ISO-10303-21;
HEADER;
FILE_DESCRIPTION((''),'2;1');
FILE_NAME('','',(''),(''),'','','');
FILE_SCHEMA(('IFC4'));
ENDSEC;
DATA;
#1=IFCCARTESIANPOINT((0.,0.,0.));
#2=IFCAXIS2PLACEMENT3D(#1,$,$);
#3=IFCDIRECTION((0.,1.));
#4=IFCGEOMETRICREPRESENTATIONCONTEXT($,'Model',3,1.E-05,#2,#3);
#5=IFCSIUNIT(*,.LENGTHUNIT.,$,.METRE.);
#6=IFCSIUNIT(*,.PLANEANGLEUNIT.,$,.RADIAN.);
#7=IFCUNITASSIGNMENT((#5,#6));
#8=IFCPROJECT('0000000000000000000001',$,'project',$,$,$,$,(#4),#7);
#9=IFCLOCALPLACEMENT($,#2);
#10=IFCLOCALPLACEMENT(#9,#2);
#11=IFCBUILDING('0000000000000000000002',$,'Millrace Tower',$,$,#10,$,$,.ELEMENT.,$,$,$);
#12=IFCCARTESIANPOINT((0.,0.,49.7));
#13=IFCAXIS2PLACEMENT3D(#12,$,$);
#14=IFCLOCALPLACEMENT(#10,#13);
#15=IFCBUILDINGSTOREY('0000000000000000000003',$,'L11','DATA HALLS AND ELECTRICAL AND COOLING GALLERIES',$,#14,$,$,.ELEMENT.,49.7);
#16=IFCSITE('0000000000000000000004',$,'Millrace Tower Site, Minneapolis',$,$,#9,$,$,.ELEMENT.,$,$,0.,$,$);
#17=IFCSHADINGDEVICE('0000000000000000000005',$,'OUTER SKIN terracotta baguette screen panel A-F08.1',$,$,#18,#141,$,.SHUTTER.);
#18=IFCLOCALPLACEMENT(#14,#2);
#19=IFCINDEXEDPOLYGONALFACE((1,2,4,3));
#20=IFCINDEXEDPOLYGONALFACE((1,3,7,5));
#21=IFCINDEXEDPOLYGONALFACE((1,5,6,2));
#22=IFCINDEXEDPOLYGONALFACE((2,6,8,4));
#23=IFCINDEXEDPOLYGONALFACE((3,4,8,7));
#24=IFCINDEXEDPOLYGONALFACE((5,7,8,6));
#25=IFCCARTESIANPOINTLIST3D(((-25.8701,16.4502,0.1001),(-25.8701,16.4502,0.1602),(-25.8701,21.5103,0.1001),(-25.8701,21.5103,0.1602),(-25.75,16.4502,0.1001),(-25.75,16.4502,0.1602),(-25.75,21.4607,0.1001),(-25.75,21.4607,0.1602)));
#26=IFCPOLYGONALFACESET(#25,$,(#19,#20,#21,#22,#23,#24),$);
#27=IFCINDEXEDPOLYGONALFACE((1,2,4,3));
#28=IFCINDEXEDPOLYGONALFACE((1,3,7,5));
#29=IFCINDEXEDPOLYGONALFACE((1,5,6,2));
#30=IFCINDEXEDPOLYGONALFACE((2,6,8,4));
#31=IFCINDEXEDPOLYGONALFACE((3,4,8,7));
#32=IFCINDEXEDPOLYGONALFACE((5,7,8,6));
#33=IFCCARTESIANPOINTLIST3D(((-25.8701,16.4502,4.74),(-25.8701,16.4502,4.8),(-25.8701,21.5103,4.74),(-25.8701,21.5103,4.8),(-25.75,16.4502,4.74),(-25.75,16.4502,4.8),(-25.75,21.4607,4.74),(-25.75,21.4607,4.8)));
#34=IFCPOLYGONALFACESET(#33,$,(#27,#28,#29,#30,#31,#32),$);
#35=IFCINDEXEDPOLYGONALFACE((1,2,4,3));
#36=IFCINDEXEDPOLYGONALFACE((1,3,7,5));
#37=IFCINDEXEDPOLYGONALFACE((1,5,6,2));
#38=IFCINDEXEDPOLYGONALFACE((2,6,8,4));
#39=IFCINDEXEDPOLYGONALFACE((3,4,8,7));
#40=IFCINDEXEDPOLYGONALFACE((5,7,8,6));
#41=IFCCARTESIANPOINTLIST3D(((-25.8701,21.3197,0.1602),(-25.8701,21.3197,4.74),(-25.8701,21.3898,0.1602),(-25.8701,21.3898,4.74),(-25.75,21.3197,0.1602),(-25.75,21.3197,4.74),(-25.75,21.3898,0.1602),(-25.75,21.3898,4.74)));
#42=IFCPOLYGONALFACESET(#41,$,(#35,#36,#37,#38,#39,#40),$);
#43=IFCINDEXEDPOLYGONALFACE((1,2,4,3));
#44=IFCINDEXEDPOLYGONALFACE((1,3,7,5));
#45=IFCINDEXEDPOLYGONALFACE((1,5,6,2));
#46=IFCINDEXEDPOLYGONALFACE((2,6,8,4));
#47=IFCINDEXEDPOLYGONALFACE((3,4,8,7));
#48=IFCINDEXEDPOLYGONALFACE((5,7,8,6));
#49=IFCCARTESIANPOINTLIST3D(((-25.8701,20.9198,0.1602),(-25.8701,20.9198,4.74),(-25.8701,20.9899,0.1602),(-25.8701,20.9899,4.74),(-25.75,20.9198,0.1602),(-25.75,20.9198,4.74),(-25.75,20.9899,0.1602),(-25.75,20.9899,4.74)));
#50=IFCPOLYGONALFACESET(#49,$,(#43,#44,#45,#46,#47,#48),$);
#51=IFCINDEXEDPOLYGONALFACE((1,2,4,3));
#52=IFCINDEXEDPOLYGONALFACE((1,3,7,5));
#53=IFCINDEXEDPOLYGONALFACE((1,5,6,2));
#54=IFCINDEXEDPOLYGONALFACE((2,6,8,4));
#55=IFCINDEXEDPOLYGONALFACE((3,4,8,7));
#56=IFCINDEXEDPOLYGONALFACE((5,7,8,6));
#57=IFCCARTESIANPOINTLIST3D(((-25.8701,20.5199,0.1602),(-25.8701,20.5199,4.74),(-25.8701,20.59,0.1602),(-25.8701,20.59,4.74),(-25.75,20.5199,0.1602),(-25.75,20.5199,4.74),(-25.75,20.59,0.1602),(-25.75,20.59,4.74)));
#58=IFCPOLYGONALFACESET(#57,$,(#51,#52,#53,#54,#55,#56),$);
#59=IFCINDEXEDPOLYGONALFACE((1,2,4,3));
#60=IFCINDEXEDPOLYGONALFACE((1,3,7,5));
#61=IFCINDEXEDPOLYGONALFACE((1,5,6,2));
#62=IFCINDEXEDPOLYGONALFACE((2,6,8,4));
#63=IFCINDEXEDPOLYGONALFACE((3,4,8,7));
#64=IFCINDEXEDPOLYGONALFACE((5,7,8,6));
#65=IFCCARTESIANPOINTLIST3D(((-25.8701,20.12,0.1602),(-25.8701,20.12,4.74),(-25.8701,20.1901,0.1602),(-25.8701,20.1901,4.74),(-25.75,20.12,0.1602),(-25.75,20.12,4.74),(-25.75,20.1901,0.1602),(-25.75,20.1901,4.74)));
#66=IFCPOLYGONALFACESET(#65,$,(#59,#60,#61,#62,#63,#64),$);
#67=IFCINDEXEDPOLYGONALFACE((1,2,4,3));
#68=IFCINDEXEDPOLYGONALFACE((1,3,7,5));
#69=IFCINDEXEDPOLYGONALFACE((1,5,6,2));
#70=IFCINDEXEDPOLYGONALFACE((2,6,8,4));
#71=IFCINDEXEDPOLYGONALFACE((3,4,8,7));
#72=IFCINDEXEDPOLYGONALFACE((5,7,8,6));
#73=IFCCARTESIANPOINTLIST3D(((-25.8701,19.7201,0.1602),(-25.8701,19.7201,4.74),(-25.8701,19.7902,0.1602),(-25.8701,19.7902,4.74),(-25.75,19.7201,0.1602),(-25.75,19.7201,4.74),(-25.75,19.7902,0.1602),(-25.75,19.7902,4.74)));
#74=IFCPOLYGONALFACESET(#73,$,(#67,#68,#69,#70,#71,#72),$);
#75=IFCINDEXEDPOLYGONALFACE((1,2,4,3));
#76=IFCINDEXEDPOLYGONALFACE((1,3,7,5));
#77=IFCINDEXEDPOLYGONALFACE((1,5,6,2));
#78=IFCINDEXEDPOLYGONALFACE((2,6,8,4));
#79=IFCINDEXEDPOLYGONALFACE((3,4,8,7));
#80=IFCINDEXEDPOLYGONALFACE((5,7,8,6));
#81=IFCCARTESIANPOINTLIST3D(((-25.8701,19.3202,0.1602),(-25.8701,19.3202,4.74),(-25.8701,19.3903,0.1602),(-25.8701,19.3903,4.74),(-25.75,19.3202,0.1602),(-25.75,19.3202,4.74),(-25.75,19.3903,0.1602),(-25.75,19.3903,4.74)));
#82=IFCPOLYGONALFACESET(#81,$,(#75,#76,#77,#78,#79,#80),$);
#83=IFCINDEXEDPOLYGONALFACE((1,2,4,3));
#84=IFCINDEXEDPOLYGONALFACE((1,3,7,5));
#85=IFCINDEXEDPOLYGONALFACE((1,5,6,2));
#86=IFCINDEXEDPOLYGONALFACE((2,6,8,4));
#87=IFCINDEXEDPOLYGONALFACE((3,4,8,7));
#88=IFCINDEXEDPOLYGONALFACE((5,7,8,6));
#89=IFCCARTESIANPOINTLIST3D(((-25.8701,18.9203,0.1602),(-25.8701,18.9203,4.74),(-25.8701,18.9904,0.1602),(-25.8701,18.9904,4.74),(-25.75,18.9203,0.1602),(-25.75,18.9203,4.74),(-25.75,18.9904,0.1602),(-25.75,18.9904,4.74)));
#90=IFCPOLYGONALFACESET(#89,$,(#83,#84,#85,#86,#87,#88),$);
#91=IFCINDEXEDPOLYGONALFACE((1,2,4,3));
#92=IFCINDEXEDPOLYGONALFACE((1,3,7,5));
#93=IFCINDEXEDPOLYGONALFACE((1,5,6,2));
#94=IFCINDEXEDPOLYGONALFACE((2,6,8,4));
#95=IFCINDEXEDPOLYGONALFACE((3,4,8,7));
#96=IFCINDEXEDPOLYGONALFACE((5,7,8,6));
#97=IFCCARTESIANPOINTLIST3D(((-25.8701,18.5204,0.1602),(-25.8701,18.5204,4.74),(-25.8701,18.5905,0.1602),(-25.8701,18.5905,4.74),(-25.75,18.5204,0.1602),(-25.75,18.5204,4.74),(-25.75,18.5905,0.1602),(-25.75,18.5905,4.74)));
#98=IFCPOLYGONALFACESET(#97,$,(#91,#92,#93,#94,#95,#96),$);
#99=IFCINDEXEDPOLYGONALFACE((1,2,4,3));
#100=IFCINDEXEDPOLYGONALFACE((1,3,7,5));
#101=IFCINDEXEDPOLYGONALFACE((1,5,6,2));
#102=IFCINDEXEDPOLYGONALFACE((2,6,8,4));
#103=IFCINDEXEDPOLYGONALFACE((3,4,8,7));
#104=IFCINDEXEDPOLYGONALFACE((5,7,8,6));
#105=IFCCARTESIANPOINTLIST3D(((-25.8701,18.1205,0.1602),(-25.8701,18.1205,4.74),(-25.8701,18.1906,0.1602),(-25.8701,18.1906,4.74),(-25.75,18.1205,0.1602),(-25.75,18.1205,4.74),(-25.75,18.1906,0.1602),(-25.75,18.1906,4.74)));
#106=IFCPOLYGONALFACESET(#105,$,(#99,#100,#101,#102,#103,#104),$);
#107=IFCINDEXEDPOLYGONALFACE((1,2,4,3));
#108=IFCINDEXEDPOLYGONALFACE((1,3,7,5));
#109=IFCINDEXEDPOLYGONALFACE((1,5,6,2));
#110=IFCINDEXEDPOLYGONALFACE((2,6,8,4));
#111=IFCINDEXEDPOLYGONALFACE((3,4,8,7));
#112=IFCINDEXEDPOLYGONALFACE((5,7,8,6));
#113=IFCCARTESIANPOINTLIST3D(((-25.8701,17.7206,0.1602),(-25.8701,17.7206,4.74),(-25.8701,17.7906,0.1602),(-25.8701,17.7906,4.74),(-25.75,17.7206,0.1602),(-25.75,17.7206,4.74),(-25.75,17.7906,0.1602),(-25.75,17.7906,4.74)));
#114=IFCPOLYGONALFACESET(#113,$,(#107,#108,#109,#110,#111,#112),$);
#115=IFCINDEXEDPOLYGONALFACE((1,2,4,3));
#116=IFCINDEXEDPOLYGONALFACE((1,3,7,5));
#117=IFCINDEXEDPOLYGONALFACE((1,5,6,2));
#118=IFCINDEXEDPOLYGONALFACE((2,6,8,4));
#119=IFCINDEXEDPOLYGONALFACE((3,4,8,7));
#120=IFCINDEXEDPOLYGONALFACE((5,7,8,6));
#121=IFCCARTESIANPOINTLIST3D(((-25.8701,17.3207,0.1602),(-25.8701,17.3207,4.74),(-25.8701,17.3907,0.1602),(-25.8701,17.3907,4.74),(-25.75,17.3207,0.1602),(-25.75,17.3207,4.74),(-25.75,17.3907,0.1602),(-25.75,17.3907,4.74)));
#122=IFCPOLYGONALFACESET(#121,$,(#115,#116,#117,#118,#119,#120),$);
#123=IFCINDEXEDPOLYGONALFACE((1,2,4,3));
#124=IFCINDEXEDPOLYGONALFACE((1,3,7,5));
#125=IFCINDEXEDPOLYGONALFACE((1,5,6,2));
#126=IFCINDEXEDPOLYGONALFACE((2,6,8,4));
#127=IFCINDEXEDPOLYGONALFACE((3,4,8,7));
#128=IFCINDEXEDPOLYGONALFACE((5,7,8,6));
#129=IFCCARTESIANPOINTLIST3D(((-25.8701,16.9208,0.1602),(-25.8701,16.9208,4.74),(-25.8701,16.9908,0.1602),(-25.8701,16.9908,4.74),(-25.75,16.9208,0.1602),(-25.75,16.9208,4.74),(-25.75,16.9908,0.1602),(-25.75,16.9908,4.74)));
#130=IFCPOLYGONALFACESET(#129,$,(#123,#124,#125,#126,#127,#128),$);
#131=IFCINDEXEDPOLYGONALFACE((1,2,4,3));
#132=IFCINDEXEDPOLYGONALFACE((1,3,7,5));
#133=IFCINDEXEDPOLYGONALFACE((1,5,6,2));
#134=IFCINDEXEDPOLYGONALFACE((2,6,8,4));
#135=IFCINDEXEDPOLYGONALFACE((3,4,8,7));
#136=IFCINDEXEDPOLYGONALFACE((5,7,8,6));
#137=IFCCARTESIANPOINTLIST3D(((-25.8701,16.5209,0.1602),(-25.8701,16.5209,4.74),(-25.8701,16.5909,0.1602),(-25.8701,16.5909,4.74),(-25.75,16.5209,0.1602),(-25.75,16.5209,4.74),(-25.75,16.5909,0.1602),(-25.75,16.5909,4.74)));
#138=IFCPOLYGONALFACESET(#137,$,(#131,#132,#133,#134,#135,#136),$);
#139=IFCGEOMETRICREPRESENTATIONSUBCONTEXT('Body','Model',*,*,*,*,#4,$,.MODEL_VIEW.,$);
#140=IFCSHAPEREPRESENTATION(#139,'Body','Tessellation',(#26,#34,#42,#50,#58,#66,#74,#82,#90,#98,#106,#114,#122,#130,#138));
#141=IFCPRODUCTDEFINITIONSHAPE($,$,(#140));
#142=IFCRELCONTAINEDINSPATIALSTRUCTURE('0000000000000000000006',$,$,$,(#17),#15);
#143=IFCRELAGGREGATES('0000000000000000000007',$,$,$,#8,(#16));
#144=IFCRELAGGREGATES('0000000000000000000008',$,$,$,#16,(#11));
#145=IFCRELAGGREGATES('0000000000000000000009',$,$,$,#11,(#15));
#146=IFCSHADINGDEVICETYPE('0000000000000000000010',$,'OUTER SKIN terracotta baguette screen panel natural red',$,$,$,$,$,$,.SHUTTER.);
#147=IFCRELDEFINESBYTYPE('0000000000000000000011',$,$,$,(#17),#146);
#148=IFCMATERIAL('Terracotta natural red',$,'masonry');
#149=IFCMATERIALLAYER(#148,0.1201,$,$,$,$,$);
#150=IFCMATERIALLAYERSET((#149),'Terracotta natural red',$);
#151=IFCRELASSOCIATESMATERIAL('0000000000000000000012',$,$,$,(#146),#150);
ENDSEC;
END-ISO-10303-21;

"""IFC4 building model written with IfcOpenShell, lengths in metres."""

from ifc_helpers import new_model, entity, si_unit, direction, frame, frame_2d, origin, place, context, subcontext, project, spatial, rectangle, extrude, source, transform, mapped, material, layer, layer_set, type_object, element, save


model = new_model("IFC4")

# Units and contexts
model_context = context("Model", 3, precision=1e-05, world=origin(), true_north=direction((0.0, 1.0)))
body_context = subcontext(model_context, "Body", "Model", "MODEL_VIEW")
ifc_project = project(units=[si_unit("LENGTHUNIT", "METRE"), si_unit("PLANEANGLEUNIT", "RADIAN")], contexts=[model_context])

# Site, building, storey
site_placement = place(None, origin())
site = spatial("IfcSite", under=ifc_project, at=site_placement, Name="Millrace Tower Site, Minneapolis", CompositionType="ELEMENT", RefElevation=0.0)
building_placement = place(site_placement, origin())
building = spatial("IfcBuilding", under=site, at=building_placement, Name="Millrace Tower", CompositionType="ELEMENT")
storey_placement = place(building_placement, frame((0.0, 0.0, 49.7)))
storey = spatial("IfcBuildingStorey", under=building, at=storey_placement, Name="L11", Description="DATA HALLS AND ELECTRICAL AND COOLING GALLERIES", CompositionType="ELEMENT", Elevation=49.7)

# Shading device
ifc_material_1 = material(Name="Terracotta natural red", Category="masonry")
ifc_layer_1 = layer(ifc_material_1, 0.1201)
ifc_layer_set_1 = layer_set([ifc_layer_1], Name="Terracotta natural red")
shading_device_type_1 = type_object("IfcShadingDeviceType", Name="OUTER SKIN terracotta baguette screen panel natural red", PredefinedType="SHUTTER", material=ifc_layer_set_1)
cartesian_point_1 = entity("IfcCartesianPoint", [-2.4929, 0.0601])
shared_polyline_1 = entity("IfcPolyline", [cartesian_point_1, entity("IfcCartesianPoint", [2.5176, 0.0601]), entity("IfcCartesianPoint", [2.5176, -0.0601]), entity("IfcCartesianPoint", [-2.5425, -0.0601]), cartesian_point_1])
shared_shape_1 = source(origin(), body_context, "Body", "SweptSolid", [
    entity("IfcExtrudedAreaSolid", entity("IfcArbitraryClosedProfileDef", "AREA", None, shared_polyline_1), entity("IfcAxis2Placement3D", entity("IfcCartesianPoint", [0.0, 0.0, 0.0])), entity("IfcDirection", [0.0, 0.0, 1.0]), 0.0601),
    entity("IfcExtrudedAreaSolid", entity("IfcArbitraryClosedProfileDef", "AREA", None, shared_polyline_1), entity("IfcAxis2Placement3D", entity("IfcCartesianPoint", [0.0, 0.0, 4.6399])), entity("IfcDirection", [0.0, 0.0, 1.0]), 0.0601),
    extrude(rectangle(XDim=0.0701, YDim=0.1201, at=frame_2d((-2.387, 0.0))), frame((0.0, 0.0, 0.0601)), (0.0, 0.0, 1.0), 4.5798),
    extrude(rectangle(XDim=0.0701, YDim=0.1201, at=frame_2d((-1.9871, 0.0))), frame((0.0, 0.0, 0.0601)), (0.0, 0.0, 1.0), 4.5798),
    extrude(rectangle(XDim=0.0701, YDim=0.1201, at=frame_2d((-1.5872, 0.0))), frame((0.0, 0.0, 0.0601)), (0.0, 0.0, 1.0), 4.5798),
    extrude(rectangle(XDim=0.0701, YDim=0.1201, at=frame_2d((-1.1873, 0.0))), frame((0.0, 0.0, 0.0601)), (0.0, 0.0, 1.0), 4.5798),
    extrude(rectangle(XDim=0.0701, YDim=0.1201, at=frame_2d((-0.7874, 0.0))), frame((0.0, 0.0, 0.0601)), (0.0, 0.0, 1.0), 4.5798),
    extrude(rectangle(XDim=0.0701, YDim=0.1201, at=frame_2d((-0.3875, 0.0))), frame((0.0, 0.0, 0.0601)), (0.0, 0.0, 1.0), 4.5798),
    extrude(rectangle(XDim=0.0701, YDim=0.1201, at=frame_2d((0.0125, 0.0))), frame((0.0, 0.0, 0.0601)), (0.0, 0.0, 1.0), 4.5798),
    extrude(rectangle(XDim=0.0701, YDim=0.1201, at=frame_2d((0.4124, 0.0))), frame((0.0, 0.0, 0.0601)), (0.0, 0.0, 1.0), 4.5798),
    extrude(rectangle(XDim=0.0701, YDim=0.1201, at=frame_2d((0.8123, 0.0))), frame((0.0, 0.0, 0.0601)), (0.0, 0.0, 1.0), 4.5798),
    extrude(rectangle(XDim=0.0701, YDim=0.1201, at=frame_2d((1.2122, 0.0))), frame((0.0, 0.0, 0.0601)), (0.0, 0.0, 1.0), 4.5798),
    extrude(rectangle(XDim=0.0701, YDim=0.1201, at=frame_2d((1.6121, 0.0))), frame((0.0, 0.0, 0.0601)), (0.0, 0.0, 1.0), 4.5798),
    extrude(rectangle(XDim=0.0701, YDim=0.1201, at=frame_2d((2.012, 0.0))), frame((0.0, 0.0, 0.0601)), (0.0, 0.0, 1.0), 4.5798),
    extrude(rectangle(XDim=0.0701, YDim=0.1201, at=frame_2d((2.4119, 0.0))), frame((0.0, 0.0, 0.0601)), (0.0, 0.0, 1.0), 4.5798),
])
shading_device_1_placement = place(storey_placement, frame((-25.8101, 18.9678, 0.1001), z_axis=(0.0, 0.0, 1.0), x_axis=(0.0, -1.0, 0.0)))
element("IfcShadingDevice", 1, at=shading_device_1_placement, inside=storey, type_object=shading_device_type_1, Name="OUTER SKIN terracotta baguette screen panel A-F08.1", PredefinedType="SHUTTER", context=body_context, shape_type="MappedRepresentation", body=[
    mapped(shared_shape_1, transform((0.0, 0.0, 0.0), scale=1.0)),
])

save(model, "model.ifc")
